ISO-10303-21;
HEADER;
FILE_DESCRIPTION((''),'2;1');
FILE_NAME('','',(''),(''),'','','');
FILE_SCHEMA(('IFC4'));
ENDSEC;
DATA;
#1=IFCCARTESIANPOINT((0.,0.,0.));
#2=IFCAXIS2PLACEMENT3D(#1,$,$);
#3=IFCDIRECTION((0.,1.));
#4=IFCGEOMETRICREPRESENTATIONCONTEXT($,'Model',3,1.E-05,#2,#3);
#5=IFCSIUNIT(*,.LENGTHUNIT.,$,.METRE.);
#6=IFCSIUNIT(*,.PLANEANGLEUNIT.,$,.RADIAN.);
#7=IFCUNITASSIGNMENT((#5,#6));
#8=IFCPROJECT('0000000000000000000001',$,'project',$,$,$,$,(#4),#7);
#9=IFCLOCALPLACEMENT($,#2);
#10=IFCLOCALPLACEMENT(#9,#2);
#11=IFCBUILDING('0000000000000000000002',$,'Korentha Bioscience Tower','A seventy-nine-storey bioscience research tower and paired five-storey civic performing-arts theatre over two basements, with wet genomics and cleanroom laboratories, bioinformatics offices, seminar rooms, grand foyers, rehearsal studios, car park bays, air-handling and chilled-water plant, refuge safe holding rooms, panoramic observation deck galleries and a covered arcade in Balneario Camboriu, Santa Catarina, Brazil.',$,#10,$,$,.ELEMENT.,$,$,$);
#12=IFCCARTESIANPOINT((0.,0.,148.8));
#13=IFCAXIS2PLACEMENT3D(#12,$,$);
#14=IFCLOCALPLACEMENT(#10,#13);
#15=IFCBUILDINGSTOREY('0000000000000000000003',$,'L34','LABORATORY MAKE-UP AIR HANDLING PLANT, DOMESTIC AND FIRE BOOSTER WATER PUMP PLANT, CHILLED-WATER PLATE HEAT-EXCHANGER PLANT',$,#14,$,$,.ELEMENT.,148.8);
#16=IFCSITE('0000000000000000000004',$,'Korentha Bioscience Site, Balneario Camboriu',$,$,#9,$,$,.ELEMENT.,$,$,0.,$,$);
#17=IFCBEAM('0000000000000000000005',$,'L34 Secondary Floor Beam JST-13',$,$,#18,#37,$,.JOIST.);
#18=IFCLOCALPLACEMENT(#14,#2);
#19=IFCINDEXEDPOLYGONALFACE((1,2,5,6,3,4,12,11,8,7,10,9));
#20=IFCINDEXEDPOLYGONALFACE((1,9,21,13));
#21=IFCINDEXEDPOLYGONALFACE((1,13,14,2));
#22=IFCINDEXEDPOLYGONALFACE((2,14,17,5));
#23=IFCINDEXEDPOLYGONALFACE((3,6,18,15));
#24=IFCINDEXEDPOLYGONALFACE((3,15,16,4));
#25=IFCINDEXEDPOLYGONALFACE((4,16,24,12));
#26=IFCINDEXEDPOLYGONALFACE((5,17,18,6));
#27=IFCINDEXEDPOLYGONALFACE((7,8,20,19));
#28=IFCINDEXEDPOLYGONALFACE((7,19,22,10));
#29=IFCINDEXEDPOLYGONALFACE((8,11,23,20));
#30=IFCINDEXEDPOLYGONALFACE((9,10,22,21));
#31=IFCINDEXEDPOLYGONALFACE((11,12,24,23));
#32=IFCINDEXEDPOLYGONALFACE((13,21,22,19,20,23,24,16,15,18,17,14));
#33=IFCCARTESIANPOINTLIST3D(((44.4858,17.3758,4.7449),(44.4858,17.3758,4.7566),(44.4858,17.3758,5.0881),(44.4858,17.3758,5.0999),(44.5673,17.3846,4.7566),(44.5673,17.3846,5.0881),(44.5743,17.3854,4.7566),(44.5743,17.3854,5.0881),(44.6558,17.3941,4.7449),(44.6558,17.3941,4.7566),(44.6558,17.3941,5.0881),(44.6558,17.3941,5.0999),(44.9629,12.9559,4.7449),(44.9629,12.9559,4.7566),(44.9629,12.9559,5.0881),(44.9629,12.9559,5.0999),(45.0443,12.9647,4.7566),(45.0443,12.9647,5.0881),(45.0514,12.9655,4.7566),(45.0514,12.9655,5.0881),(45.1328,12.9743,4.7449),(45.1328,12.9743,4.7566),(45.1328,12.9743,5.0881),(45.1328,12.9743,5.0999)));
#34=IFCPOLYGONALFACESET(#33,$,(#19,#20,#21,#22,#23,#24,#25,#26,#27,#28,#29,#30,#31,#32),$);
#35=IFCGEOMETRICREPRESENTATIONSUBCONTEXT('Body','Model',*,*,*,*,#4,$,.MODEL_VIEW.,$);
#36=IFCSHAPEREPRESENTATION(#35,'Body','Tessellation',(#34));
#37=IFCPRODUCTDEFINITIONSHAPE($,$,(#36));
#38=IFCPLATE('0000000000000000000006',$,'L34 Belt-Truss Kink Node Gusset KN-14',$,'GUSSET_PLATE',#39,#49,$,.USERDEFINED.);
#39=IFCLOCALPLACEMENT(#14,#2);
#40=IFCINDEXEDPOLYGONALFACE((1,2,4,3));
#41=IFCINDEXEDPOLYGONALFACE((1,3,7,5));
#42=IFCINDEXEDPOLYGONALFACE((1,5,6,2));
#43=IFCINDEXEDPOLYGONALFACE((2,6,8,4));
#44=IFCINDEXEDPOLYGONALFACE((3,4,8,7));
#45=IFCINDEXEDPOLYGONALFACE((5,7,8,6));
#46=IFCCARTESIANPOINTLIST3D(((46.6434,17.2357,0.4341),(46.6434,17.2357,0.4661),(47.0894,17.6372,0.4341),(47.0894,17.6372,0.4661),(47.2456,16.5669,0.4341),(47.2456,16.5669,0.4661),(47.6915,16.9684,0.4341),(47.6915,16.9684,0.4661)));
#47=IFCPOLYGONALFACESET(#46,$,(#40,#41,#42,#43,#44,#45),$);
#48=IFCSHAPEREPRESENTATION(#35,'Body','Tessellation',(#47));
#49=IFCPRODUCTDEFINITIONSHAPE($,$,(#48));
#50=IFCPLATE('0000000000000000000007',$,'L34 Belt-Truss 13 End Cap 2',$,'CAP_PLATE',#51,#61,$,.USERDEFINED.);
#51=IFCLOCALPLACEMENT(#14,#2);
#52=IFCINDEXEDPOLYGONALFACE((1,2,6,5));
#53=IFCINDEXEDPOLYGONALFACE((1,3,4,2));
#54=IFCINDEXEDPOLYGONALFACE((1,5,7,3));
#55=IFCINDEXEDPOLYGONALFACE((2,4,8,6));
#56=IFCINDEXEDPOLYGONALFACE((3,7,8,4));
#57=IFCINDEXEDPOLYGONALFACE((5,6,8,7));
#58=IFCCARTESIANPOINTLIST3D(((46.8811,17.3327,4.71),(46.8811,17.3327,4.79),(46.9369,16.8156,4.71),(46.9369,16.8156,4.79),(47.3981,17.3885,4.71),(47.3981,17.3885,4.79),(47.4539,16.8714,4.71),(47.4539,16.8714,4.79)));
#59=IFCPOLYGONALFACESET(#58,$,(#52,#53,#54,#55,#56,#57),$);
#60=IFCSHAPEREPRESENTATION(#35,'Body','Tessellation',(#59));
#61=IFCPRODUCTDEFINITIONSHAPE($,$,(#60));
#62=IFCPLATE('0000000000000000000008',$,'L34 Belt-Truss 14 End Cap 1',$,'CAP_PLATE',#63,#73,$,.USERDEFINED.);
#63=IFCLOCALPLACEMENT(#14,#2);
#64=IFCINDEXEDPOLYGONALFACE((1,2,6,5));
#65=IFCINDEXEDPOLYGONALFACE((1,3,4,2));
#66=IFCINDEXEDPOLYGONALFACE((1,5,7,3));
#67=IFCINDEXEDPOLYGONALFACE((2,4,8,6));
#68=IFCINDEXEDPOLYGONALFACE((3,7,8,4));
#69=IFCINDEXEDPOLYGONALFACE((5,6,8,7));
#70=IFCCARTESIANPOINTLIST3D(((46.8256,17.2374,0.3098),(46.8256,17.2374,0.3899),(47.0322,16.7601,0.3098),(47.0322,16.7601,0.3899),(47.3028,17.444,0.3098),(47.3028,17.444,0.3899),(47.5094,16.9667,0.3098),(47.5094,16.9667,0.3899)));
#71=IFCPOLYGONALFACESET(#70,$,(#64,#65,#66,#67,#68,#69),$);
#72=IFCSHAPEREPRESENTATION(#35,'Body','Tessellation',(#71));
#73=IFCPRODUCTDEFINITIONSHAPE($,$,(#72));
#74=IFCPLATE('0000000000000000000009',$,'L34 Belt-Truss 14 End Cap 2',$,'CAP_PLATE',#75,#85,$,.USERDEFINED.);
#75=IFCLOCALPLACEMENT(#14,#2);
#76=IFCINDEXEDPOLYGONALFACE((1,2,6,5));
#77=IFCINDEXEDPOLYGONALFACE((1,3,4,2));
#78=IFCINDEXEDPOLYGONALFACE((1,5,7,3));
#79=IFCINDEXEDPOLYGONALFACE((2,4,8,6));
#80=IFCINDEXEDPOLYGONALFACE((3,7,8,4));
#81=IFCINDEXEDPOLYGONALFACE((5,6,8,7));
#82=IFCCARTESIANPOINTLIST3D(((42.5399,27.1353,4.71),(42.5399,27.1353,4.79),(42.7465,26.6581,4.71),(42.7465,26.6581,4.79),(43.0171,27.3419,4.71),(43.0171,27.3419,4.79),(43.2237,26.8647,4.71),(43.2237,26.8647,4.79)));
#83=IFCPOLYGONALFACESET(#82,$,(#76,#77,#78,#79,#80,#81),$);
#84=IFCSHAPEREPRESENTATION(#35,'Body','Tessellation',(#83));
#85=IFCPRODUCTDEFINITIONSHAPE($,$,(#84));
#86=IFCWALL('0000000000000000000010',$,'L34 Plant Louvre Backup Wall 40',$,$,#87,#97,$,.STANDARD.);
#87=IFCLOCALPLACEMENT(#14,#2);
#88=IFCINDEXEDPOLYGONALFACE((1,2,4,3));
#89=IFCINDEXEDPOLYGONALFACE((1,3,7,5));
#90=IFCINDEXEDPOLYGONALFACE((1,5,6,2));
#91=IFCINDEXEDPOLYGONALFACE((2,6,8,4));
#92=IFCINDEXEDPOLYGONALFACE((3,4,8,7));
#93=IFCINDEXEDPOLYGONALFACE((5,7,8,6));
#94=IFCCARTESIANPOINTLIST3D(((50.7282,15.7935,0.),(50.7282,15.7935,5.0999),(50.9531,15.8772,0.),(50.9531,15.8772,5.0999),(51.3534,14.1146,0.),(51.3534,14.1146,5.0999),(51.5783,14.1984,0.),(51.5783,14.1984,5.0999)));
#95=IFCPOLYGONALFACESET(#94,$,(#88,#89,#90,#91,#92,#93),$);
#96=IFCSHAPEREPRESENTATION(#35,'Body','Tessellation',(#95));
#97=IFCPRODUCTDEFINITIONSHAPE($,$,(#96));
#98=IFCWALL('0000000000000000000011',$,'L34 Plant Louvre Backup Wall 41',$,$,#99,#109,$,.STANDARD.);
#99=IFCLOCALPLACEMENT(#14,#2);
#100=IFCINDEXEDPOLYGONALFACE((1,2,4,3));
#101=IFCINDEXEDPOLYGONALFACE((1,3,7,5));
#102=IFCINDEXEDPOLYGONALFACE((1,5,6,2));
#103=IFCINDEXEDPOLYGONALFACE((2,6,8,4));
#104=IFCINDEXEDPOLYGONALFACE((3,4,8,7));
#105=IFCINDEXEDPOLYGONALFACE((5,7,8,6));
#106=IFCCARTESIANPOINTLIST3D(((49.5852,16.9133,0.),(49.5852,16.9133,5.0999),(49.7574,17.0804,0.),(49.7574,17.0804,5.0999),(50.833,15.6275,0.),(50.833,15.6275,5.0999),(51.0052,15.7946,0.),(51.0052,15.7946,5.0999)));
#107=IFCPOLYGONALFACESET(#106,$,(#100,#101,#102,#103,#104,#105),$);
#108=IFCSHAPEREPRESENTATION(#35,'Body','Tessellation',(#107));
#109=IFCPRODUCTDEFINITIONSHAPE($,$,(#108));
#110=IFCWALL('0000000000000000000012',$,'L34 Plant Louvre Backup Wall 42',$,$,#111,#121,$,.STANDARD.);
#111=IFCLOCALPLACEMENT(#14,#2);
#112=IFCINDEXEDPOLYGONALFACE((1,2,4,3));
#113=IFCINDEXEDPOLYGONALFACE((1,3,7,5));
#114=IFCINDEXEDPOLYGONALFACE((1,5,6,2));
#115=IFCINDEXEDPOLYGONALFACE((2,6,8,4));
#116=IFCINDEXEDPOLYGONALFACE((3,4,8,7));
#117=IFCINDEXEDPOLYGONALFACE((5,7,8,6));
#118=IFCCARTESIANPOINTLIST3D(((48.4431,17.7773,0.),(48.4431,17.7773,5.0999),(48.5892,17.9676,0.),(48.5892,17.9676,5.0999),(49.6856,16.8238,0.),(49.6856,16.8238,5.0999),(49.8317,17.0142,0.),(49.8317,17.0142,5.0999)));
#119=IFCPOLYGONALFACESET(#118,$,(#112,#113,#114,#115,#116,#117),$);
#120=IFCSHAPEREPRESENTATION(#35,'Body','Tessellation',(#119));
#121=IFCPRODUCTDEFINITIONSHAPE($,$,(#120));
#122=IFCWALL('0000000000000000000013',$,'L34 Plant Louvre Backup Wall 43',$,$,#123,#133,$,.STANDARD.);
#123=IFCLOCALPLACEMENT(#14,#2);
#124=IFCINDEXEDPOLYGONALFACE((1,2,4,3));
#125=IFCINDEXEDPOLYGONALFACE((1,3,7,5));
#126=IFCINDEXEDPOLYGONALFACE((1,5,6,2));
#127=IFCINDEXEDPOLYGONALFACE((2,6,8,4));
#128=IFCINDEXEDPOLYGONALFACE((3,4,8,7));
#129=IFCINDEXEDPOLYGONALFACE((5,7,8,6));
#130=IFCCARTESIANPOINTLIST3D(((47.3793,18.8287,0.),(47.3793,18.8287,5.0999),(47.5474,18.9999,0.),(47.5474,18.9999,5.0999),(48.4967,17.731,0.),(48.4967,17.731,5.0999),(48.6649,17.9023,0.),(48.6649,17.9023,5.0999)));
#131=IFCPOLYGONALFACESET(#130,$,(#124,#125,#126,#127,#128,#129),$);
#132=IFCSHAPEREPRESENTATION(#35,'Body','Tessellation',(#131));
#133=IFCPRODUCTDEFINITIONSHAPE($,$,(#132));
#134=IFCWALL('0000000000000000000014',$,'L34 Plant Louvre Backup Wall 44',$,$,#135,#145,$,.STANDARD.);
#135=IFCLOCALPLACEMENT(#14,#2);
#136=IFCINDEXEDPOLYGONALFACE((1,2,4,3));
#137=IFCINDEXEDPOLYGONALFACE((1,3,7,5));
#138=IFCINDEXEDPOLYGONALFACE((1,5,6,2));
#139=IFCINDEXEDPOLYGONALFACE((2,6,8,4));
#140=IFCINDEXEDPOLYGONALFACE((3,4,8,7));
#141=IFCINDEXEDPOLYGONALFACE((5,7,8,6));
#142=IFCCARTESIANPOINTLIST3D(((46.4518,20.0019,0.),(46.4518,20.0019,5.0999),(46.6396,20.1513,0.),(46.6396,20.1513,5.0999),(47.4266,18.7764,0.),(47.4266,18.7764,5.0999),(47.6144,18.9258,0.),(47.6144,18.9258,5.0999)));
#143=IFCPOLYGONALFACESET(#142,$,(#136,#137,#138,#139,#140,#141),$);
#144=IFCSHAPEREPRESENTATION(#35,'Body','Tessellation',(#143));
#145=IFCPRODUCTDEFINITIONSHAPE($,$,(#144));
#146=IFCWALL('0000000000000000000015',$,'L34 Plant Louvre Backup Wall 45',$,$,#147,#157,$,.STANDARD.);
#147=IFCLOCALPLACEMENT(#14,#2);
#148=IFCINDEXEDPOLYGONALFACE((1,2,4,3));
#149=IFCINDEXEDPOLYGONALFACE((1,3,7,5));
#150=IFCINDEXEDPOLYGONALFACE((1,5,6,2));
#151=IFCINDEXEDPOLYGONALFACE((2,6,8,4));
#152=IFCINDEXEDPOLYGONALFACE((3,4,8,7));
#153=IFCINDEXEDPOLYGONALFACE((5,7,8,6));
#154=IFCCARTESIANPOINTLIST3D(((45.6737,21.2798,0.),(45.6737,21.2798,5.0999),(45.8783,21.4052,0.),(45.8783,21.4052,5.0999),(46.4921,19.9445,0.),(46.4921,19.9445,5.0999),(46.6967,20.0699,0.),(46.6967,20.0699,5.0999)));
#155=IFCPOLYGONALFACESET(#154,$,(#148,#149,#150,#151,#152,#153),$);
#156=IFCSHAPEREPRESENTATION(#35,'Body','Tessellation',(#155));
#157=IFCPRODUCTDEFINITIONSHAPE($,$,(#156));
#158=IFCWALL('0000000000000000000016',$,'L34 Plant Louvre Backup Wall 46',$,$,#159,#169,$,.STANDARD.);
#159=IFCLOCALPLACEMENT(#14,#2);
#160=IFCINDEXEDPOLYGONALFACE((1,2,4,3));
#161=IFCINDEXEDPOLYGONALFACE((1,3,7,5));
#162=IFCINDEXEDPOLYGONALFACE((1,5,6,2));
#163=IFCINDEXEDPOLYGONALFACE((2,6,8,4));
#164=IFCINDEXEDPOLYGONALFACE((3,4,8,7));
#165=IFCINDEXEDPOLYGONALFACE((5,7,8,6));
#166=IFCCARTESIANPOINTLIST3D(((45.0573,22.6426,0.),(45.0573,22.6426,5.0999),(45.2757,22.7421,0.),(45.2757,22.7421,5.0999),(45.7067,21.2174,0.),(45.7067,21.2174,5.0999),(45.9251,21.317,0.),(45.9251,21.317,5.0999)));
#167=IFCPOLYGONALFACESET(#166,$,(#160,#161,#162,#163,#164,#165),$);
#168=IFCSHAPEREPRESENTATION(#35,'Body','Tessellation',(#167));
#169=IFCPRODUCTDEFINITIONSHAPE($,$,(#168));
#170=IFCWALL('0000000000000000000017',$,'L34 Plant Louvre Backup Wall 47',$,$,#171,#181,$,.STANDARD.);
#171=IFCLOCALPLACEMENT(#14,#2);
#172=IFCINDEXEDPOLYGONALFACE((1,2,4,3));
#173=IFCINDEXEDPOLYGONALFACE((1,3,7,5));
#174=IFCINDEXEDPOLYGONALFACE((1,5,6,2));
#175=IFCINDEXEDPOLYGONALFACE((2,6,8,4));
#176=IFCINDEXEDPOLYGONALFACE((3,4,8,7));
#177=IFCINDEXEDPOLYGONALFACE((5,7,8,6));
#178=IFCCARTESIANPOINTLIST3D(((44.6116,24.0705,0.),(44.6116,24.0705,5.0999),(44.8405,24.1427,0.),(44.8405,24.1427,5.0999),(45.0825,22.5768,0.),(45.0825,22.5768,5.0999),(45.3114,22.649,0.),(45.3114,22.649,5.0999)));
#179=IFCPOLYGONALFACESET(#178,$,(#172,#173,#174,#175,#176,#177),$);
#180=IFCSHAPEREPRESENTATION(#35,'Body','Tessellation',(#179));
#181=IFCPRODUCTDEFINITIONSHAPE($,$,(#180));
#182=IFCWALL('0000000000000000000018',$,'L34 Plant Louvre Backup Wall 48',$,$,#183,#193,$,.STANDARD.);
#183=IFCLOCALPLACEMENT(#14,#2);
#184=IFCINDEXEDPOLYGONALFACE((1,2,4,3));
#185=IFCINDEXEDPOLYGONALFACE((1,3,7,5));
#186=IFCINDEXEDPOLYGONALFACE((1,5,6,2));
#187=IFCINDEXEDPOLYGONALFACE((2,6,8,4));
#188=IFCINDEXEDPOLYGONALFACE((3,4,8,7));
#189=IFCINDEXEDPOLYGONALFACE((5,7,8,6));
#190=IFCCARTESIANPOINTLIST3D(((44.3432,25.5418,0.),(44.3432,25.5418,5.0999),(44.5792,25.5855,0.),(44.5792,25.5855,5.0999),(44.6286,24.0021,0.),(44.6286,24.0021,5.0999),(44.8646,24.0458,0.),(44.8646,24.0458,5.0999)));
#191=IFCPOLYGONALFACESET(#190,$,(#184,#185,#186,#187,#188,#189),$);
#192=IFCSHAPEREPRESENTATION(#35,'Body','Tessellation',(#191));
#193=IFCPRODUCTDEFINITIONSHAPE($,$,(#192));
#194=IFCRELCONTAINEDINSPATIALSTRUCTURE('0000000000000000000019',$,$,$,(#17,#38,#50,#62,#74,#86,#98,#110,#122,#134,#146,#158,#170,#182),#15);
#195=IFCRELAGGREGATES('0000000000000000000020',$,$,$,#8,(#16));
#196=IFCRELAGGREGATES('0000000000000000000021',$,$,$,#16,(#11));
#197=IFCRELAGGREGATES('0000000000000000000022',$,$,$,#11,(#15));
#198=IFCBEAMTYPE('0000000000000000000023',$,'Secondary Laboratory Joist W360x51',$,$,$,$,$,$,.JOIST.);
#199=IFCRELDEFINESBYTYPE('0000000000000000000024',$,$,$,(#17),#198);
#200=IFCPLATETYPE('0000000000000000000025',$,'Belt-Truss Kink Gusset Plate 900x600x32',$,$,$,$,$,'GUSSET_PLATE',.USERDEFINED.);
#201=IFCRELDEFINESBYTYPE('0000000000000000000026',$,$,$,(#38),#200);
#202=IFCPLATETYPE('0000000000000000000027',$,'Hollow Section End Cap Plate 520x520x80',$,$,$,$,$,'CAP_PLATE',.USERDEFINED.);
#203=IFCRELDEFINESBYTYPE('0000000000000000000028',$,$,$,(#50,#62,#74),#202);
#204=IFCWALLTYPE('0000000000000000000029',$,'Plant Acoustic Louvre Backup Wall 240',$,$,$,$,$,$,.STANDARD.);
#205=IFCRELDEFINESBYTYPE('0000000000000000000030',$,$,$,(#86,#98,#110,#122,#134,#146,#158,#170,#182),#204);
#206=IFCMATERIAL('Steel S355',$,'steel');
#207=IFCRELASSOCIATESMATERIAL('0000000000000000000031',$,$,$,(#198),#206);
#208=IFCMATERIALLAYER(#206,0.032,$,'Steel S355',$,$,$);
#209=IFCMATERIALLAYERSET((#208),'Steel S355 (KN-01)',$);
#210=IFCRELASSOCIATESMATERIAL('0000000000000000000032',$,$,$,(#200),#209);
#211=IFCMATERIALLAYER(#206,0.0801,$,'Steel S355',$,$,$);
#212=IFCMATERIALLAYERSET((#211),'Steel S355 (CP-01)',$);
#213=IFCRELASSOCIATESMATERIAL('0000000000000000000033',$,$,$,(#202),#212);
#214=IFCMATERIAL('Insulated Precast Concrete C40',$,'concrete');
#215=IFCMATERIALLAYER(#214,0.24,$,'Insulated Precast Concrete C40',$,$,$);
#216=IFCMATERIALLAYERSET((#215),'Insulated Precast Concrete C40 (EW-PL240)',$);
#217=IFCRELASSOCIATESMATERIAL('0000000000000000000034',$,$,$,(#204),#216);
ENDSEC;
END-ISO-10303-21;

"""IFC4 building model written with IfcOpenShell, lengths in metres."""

from ifc_helpers import new_model, si_unit, direction, frame, frame_2d, origin, origin_2d, place, context, subcontext, project, spatial, rectangle, i_section, extrude, material, layer, layer_set, material_profile, profile_set, type_object, element, save


model = new_model("IFC4")

# Units and contexts
model_context = context("Model", 3, precision=1e-05, world=origin(), true_north=direction((0.0, 1.0)))
body_context = subcontext(model_context, "Body", "Model", "MODEL_VIEW")
ifc_project = project(units=[si_unit("LENGTHUNIT", "METRE"), si_unit("PLANEANGLEUNIT", "RADIAN")], contexts=[model_context])

# Site, building, storey
site_placement = place(None, origin())
site = spatial("IfcSite", under=ifc_project, at=site_placement, Name="Korentha Bioscience Site, Balneario Camboriu", CompositionType="ELEMENT", RefElevation=0.0)
building_placement = place(site_placement, origin())
building = spatial("IfcBuilding", under=site, at=building_placement, Name="Korentha Bioscience Tower", Description="A seventy-nine-storey bioscience research tower and paired five-storey civic performing-arts theatre over two basements, with wet genomics and cleanroom laboratories, bioinformatics offices, seminar rooms, grand foyers, rehearsal studios, car park bays, air-handling and chilled-water plant, refuge safe holding rooms, panoramic observation deck galleries and a covered arcade in Balneario Camboriu, Santa Catarina, Brazil.", CompositionType="ELEMENT")
storey_placement = place(building_placement, frame((0.0, 0.0, 148.8)))
storey = spatial("IfcBuildingStorey", under=building, at=storey_placement, Name="L34", Description="LABORATORY MAKE-UP AIR HANDLING PLANT, DOMESTIC AND FIRE BOOSTER WATER PUMP PLANT, CHILLED-WATER PLATE HEAT-EXCHANGER PLANT", CompositionType="ELEMENT", Elevation=148.8)

# Shared definitions
ifc_material_1 = material(Name="Steel S355", Category="steel")

# Beam
ifc_material_profile_1 = material_profile(ifc_material_1, i_section(OverallWidth=0.1709, OverallDepth=0.355, WebThickness=0.0071, FlangeThickness=0.0117, at=origin_2d()), Name="Steel S355")
ifc_profile_set_1 = profile_set([ifc_material_profile_1], Name="Steel S355 (JB-360)")
beam_type_1 = type_object("IfcBeamType", Name="Secondary Laboratory Joist W360x51", PredefinedType="JOIST", material=ifc_profile_set_1)
beam_1_placement = place(storey_placement, frame((45.0479, 12.9651, 4.9224), z_axis=(-0.107309, 0.994226, 0.0), x_axis=(-0.994226, -0.107309, 0.0)))
element("IfcBeam", 1, at=beam_1_placement, inside=storey, type_object=beam_type_1, Name="L34 Secondary Floor Beam JST-13", PredefinedType="JOIST", context=body_context, shape_type="SweptSolid", body=[
    extrude(i_section(OverallWidth=0.1709, OverallDepth=0.355, WebThickness=0.0071, FlangeThickness=0.0117, at=origin_2d()), origin(), (0.0, 0.0, 1.0), 4.4456),
])

# Plates
ifc_layer_1 = layer(ifc_material_1, 0.032, Name="Steel S355")
ifc_layer_set_1 = layer_set([ifc_layer_1], Name="Steel S355 (KN-01)")
plate_type_1 = type_object("IfcPlateType", Name="Belt-Truss Kink Gusset Plate 900x600x32", ElementType="GUSSET_PLATE", PredefinedType="USERDEFINED", material=ifc_layer_set_1)
plate_placement = place(storey_placement, frame((47.1675, 17.1021, 0.4341), z_axis=(0.0, 0.0, 1.0), x_axis=(-0.669131, 0.743145, 0.0)))
element("IfcPlate", 2, at=plate_placement, inside=storey, type_object=plate_type_1, Name="L34 Belt-Truss Kink Node Gusset KN-14", ObjectType="GUSSET_PLATE", PredefinedType="USERDEFINED", context=body_context, shape_type="SweptSolid", body=[
    extrude(rectangle(XDim=0.8999, YDim=0.6001, at=origin_2d()), origin(), (0.0, 0.0, 1.0), 0.032),
])
ifc_layer_2 = layer(ifc_material_1, 0.0801, Name="Steel S355")
ifc_layer_set_2 = layer_set([ifc_layer_2], Name="Steel S355 (CP-01)")
plate_type_2 = type_object("IfcPlateType", Name="Hollow Section End Cap Plate 520x520x80", ElementType="CAP_PLATE", PredefinedType="USERDEFINED", material=ifc_layer_set_2)
for number, where, z_axis, x_axis, name in (
    (3, (47.1675, 17.1021, 4.71), (0.0, 0.0, 1.0), (-0.107305, 0.994226, 0.0), "L34 Belt-Truss 13 End Cap 2"),
    (4, (47.1675, 17.1021, 0.3098), (0.0, 0.0, 1.0), (-0.397308, 0.917685, 0.0), "L34 Belt-Truss 14 End Cap 1"),
    (5, (42.8818, 27.0, 4.71), (0.0, 0.0, 1.0), (-0.397308, 0.917685, 0.0), "L34 Belt-Truss 14 End Cap 2"),
):
    element("IfcPlate", number, at=place(storey_placement, frame(where, z_axis=z_axis, x_axis=x_axis)), inside=storey, type_object=plate_type_2, Name=name, ObjectType="CAP_PLATE", PredefinedType="USERDEFINED", context=body_context, shape_type="SweptSolid", body=[
        extrude(rectangle(XDim=0.52, YDim=0.52, at=origin_2d()), origin(), (0.0, 0.0, 1.0), 0.0801),
    ])

# Walls
ifc_material_2 = material(Name="Insulated Precast Concrete C40", Category="concrete")
ifc_layer_3 = layer(ifc_material_2, 0.24, Name="Insulated Precast Concrete C40")
ifc_layer_set_3 = layer_set([ifc_layer_3], Name="Insulated Precast Concrete C40 (EW-PL240)")
wall_type = type_object("IfcWallType", Name="Plant Acoustic Louvre Backup Wall 240", PredefinedType="STANDARD", material=ifc_layer_set_3)
wall_1_placement = place(storey_placement, frame((51.4658, 14.1565, 0.0), z_axis=(0.0, 0.0, 1.0), x_axis=(-0.348987, 0.937128, 0.0)))
element("IfcWall", 6, at=wall_1_placement, inside=storey, type_object=wall_type, Name="L34 Plant Louvre Backup Wall 40", PredefinedType="STANDARD", context=body_context, shape_type="SweptSolid", body=[
    extrude(rectangle(XDim=1.7915, YDim=0.24, at=frame_2d((0.8958, 0.0))), origin(), (0.0, 0.0, 1.0), 5.0999),
])
wall_2_placement = place(storey_placement, frame((50.9192, 15.7109, 0.0), z_axis=(0.0, 0.0, 1.0), x_axis=(-0.696399, 0.717655, 0.0)))
element("IfcWall", 7, at=wall_2_placement, inside=storey, type_object=wall_type, Name="L34 Plant Louvre Backup Wall 41", PredefinedType="STANDARD", context=body_context, shape_type="SweptSolid", body=[
    extrude(rectangle(XDim=1.7917, YDim=0.24, at=frame_2d((0.896, 0.0))), origin(), (0.0, 0.0, 1.0), 5.0999),
])
wall_3_placement = place(storey_placement, frame((49.7588, 16.9189, 0.0), z_axis=(0.0, 0.0, 1.0), x_axis=(-0.793348, 0.608769, 0.0)))
element("IfcWall", 8, at=wall_3_placement, inside=storey, type_object=wall_type, Name="L34 Plant Louvre Backup Wall 42", PredefinedType="STANDARD", context=body_context, shape_type="SweptSolid", body=[
    extrude(rectangle(XDim=1.5662, YDim=0.24, at=frame_2d((0.7832, 0.0))), origin(), (0.0, 0.0, 1.0), 5.0999),
])
wall_4_placement = place(storey_placement, frame((48.5808, 17.8167, 0.0), z_axis=(0.0, 0.0, 1.0), x_axis=(-0.713391, 0.700766, 0.0)))
element("IfcWall", 9, at=wall_4_placement, inside=storey, type_object=wall_type, Name="L34 Plant Louvre Backup Wall 43", PredefinedType="STANDARD", context=body_context, shape_type="SweptSolid", body=[
    extrude(rectangle(XDim=1.5664, YDim=0.24, at=frame_2d((0.7832, 0.0))), origin(), (0.0, 0.0, 1.0), 5.0999),
])
wall_5_placement = place(storey_placement, frame((47.5205, 18.8511, 0.0), z_axis=(0.0, 0.0, 1.0), x_axis=(-0.622506, 0.782615, 0.0)))
element("IfcWall", 10, at=wall_5_placement, inside=storey, type_object=wall_type, Name="L34 Plant Louvre Backup Wall 44", PredefinedType="STANDARD", context=body_context, shape_type="SweptSolid", body=[
    extrude(rectangle(XDim=1.5659, YDim=0.24, at=frame_2d((0.783, 0.0))), origin(), (0.0, 0.0, 1.0), 5.0999),
])
for number, where, z_axis, x_axis, name in (
    (11, (46.5945, 20.0071, 0.0), (0.0, 0.0, 1.0), (-0.522566, 0.852599, 0.0), "L34 Plant Louvre Backup Wall 45"),
    (12, (45.8159, 21.2671, 0.0), (0.0, 0.0, 1.0), (-0.414625, 0.909992, 0.0), "L34 Plant Louvre Backup Wall 46"),
    (13, (45.197, 22.6128, 0.0), (0.0, 0.0, 1.0), (-0.300706, 0.953717, 0.0), "L34 Plant Louvre Backup Wall 47"),
):
    element("IfcWall", number, at=place(storey_placement, frame(where, z_axis=z_axis, x_axis=x_axis)), inside=storey, type_object=wall_type, Name=name, PredefinedType="STANDARD", context=body_context, shape_type="SweptSolid", body=[
        extrude(rectangle(XDim=1.5662, YDim=0.24, at=frame_2d((0.7832, 0.0))), origin(), (0.0, 0.0, 1.0), 5.0999),
    ])
wall_6_placement = place(storey_placement, frame((44.7466, 24.0239, 0.0), z_axis=(0.0, 0.0, 1.0), x_axis=(-0.182246, 0.983253, 0.0)))
element("IfcWall", 14, at=wall_6_placement, inside=storey, type_object=wall_type, Name="L34 Plant Louvre Backup Wall 48", PredefinedType="STANDARD", context=body_context, shape_type="SweptSolid", body=[
    extrude(rectangle(XDim=1.5659, YDim=0.24, at=frame_2d((0.783, 0.0))), origin(), (0.0, 0.0, 1.0), 5.0999),
])

save(model, "model.ifc")
